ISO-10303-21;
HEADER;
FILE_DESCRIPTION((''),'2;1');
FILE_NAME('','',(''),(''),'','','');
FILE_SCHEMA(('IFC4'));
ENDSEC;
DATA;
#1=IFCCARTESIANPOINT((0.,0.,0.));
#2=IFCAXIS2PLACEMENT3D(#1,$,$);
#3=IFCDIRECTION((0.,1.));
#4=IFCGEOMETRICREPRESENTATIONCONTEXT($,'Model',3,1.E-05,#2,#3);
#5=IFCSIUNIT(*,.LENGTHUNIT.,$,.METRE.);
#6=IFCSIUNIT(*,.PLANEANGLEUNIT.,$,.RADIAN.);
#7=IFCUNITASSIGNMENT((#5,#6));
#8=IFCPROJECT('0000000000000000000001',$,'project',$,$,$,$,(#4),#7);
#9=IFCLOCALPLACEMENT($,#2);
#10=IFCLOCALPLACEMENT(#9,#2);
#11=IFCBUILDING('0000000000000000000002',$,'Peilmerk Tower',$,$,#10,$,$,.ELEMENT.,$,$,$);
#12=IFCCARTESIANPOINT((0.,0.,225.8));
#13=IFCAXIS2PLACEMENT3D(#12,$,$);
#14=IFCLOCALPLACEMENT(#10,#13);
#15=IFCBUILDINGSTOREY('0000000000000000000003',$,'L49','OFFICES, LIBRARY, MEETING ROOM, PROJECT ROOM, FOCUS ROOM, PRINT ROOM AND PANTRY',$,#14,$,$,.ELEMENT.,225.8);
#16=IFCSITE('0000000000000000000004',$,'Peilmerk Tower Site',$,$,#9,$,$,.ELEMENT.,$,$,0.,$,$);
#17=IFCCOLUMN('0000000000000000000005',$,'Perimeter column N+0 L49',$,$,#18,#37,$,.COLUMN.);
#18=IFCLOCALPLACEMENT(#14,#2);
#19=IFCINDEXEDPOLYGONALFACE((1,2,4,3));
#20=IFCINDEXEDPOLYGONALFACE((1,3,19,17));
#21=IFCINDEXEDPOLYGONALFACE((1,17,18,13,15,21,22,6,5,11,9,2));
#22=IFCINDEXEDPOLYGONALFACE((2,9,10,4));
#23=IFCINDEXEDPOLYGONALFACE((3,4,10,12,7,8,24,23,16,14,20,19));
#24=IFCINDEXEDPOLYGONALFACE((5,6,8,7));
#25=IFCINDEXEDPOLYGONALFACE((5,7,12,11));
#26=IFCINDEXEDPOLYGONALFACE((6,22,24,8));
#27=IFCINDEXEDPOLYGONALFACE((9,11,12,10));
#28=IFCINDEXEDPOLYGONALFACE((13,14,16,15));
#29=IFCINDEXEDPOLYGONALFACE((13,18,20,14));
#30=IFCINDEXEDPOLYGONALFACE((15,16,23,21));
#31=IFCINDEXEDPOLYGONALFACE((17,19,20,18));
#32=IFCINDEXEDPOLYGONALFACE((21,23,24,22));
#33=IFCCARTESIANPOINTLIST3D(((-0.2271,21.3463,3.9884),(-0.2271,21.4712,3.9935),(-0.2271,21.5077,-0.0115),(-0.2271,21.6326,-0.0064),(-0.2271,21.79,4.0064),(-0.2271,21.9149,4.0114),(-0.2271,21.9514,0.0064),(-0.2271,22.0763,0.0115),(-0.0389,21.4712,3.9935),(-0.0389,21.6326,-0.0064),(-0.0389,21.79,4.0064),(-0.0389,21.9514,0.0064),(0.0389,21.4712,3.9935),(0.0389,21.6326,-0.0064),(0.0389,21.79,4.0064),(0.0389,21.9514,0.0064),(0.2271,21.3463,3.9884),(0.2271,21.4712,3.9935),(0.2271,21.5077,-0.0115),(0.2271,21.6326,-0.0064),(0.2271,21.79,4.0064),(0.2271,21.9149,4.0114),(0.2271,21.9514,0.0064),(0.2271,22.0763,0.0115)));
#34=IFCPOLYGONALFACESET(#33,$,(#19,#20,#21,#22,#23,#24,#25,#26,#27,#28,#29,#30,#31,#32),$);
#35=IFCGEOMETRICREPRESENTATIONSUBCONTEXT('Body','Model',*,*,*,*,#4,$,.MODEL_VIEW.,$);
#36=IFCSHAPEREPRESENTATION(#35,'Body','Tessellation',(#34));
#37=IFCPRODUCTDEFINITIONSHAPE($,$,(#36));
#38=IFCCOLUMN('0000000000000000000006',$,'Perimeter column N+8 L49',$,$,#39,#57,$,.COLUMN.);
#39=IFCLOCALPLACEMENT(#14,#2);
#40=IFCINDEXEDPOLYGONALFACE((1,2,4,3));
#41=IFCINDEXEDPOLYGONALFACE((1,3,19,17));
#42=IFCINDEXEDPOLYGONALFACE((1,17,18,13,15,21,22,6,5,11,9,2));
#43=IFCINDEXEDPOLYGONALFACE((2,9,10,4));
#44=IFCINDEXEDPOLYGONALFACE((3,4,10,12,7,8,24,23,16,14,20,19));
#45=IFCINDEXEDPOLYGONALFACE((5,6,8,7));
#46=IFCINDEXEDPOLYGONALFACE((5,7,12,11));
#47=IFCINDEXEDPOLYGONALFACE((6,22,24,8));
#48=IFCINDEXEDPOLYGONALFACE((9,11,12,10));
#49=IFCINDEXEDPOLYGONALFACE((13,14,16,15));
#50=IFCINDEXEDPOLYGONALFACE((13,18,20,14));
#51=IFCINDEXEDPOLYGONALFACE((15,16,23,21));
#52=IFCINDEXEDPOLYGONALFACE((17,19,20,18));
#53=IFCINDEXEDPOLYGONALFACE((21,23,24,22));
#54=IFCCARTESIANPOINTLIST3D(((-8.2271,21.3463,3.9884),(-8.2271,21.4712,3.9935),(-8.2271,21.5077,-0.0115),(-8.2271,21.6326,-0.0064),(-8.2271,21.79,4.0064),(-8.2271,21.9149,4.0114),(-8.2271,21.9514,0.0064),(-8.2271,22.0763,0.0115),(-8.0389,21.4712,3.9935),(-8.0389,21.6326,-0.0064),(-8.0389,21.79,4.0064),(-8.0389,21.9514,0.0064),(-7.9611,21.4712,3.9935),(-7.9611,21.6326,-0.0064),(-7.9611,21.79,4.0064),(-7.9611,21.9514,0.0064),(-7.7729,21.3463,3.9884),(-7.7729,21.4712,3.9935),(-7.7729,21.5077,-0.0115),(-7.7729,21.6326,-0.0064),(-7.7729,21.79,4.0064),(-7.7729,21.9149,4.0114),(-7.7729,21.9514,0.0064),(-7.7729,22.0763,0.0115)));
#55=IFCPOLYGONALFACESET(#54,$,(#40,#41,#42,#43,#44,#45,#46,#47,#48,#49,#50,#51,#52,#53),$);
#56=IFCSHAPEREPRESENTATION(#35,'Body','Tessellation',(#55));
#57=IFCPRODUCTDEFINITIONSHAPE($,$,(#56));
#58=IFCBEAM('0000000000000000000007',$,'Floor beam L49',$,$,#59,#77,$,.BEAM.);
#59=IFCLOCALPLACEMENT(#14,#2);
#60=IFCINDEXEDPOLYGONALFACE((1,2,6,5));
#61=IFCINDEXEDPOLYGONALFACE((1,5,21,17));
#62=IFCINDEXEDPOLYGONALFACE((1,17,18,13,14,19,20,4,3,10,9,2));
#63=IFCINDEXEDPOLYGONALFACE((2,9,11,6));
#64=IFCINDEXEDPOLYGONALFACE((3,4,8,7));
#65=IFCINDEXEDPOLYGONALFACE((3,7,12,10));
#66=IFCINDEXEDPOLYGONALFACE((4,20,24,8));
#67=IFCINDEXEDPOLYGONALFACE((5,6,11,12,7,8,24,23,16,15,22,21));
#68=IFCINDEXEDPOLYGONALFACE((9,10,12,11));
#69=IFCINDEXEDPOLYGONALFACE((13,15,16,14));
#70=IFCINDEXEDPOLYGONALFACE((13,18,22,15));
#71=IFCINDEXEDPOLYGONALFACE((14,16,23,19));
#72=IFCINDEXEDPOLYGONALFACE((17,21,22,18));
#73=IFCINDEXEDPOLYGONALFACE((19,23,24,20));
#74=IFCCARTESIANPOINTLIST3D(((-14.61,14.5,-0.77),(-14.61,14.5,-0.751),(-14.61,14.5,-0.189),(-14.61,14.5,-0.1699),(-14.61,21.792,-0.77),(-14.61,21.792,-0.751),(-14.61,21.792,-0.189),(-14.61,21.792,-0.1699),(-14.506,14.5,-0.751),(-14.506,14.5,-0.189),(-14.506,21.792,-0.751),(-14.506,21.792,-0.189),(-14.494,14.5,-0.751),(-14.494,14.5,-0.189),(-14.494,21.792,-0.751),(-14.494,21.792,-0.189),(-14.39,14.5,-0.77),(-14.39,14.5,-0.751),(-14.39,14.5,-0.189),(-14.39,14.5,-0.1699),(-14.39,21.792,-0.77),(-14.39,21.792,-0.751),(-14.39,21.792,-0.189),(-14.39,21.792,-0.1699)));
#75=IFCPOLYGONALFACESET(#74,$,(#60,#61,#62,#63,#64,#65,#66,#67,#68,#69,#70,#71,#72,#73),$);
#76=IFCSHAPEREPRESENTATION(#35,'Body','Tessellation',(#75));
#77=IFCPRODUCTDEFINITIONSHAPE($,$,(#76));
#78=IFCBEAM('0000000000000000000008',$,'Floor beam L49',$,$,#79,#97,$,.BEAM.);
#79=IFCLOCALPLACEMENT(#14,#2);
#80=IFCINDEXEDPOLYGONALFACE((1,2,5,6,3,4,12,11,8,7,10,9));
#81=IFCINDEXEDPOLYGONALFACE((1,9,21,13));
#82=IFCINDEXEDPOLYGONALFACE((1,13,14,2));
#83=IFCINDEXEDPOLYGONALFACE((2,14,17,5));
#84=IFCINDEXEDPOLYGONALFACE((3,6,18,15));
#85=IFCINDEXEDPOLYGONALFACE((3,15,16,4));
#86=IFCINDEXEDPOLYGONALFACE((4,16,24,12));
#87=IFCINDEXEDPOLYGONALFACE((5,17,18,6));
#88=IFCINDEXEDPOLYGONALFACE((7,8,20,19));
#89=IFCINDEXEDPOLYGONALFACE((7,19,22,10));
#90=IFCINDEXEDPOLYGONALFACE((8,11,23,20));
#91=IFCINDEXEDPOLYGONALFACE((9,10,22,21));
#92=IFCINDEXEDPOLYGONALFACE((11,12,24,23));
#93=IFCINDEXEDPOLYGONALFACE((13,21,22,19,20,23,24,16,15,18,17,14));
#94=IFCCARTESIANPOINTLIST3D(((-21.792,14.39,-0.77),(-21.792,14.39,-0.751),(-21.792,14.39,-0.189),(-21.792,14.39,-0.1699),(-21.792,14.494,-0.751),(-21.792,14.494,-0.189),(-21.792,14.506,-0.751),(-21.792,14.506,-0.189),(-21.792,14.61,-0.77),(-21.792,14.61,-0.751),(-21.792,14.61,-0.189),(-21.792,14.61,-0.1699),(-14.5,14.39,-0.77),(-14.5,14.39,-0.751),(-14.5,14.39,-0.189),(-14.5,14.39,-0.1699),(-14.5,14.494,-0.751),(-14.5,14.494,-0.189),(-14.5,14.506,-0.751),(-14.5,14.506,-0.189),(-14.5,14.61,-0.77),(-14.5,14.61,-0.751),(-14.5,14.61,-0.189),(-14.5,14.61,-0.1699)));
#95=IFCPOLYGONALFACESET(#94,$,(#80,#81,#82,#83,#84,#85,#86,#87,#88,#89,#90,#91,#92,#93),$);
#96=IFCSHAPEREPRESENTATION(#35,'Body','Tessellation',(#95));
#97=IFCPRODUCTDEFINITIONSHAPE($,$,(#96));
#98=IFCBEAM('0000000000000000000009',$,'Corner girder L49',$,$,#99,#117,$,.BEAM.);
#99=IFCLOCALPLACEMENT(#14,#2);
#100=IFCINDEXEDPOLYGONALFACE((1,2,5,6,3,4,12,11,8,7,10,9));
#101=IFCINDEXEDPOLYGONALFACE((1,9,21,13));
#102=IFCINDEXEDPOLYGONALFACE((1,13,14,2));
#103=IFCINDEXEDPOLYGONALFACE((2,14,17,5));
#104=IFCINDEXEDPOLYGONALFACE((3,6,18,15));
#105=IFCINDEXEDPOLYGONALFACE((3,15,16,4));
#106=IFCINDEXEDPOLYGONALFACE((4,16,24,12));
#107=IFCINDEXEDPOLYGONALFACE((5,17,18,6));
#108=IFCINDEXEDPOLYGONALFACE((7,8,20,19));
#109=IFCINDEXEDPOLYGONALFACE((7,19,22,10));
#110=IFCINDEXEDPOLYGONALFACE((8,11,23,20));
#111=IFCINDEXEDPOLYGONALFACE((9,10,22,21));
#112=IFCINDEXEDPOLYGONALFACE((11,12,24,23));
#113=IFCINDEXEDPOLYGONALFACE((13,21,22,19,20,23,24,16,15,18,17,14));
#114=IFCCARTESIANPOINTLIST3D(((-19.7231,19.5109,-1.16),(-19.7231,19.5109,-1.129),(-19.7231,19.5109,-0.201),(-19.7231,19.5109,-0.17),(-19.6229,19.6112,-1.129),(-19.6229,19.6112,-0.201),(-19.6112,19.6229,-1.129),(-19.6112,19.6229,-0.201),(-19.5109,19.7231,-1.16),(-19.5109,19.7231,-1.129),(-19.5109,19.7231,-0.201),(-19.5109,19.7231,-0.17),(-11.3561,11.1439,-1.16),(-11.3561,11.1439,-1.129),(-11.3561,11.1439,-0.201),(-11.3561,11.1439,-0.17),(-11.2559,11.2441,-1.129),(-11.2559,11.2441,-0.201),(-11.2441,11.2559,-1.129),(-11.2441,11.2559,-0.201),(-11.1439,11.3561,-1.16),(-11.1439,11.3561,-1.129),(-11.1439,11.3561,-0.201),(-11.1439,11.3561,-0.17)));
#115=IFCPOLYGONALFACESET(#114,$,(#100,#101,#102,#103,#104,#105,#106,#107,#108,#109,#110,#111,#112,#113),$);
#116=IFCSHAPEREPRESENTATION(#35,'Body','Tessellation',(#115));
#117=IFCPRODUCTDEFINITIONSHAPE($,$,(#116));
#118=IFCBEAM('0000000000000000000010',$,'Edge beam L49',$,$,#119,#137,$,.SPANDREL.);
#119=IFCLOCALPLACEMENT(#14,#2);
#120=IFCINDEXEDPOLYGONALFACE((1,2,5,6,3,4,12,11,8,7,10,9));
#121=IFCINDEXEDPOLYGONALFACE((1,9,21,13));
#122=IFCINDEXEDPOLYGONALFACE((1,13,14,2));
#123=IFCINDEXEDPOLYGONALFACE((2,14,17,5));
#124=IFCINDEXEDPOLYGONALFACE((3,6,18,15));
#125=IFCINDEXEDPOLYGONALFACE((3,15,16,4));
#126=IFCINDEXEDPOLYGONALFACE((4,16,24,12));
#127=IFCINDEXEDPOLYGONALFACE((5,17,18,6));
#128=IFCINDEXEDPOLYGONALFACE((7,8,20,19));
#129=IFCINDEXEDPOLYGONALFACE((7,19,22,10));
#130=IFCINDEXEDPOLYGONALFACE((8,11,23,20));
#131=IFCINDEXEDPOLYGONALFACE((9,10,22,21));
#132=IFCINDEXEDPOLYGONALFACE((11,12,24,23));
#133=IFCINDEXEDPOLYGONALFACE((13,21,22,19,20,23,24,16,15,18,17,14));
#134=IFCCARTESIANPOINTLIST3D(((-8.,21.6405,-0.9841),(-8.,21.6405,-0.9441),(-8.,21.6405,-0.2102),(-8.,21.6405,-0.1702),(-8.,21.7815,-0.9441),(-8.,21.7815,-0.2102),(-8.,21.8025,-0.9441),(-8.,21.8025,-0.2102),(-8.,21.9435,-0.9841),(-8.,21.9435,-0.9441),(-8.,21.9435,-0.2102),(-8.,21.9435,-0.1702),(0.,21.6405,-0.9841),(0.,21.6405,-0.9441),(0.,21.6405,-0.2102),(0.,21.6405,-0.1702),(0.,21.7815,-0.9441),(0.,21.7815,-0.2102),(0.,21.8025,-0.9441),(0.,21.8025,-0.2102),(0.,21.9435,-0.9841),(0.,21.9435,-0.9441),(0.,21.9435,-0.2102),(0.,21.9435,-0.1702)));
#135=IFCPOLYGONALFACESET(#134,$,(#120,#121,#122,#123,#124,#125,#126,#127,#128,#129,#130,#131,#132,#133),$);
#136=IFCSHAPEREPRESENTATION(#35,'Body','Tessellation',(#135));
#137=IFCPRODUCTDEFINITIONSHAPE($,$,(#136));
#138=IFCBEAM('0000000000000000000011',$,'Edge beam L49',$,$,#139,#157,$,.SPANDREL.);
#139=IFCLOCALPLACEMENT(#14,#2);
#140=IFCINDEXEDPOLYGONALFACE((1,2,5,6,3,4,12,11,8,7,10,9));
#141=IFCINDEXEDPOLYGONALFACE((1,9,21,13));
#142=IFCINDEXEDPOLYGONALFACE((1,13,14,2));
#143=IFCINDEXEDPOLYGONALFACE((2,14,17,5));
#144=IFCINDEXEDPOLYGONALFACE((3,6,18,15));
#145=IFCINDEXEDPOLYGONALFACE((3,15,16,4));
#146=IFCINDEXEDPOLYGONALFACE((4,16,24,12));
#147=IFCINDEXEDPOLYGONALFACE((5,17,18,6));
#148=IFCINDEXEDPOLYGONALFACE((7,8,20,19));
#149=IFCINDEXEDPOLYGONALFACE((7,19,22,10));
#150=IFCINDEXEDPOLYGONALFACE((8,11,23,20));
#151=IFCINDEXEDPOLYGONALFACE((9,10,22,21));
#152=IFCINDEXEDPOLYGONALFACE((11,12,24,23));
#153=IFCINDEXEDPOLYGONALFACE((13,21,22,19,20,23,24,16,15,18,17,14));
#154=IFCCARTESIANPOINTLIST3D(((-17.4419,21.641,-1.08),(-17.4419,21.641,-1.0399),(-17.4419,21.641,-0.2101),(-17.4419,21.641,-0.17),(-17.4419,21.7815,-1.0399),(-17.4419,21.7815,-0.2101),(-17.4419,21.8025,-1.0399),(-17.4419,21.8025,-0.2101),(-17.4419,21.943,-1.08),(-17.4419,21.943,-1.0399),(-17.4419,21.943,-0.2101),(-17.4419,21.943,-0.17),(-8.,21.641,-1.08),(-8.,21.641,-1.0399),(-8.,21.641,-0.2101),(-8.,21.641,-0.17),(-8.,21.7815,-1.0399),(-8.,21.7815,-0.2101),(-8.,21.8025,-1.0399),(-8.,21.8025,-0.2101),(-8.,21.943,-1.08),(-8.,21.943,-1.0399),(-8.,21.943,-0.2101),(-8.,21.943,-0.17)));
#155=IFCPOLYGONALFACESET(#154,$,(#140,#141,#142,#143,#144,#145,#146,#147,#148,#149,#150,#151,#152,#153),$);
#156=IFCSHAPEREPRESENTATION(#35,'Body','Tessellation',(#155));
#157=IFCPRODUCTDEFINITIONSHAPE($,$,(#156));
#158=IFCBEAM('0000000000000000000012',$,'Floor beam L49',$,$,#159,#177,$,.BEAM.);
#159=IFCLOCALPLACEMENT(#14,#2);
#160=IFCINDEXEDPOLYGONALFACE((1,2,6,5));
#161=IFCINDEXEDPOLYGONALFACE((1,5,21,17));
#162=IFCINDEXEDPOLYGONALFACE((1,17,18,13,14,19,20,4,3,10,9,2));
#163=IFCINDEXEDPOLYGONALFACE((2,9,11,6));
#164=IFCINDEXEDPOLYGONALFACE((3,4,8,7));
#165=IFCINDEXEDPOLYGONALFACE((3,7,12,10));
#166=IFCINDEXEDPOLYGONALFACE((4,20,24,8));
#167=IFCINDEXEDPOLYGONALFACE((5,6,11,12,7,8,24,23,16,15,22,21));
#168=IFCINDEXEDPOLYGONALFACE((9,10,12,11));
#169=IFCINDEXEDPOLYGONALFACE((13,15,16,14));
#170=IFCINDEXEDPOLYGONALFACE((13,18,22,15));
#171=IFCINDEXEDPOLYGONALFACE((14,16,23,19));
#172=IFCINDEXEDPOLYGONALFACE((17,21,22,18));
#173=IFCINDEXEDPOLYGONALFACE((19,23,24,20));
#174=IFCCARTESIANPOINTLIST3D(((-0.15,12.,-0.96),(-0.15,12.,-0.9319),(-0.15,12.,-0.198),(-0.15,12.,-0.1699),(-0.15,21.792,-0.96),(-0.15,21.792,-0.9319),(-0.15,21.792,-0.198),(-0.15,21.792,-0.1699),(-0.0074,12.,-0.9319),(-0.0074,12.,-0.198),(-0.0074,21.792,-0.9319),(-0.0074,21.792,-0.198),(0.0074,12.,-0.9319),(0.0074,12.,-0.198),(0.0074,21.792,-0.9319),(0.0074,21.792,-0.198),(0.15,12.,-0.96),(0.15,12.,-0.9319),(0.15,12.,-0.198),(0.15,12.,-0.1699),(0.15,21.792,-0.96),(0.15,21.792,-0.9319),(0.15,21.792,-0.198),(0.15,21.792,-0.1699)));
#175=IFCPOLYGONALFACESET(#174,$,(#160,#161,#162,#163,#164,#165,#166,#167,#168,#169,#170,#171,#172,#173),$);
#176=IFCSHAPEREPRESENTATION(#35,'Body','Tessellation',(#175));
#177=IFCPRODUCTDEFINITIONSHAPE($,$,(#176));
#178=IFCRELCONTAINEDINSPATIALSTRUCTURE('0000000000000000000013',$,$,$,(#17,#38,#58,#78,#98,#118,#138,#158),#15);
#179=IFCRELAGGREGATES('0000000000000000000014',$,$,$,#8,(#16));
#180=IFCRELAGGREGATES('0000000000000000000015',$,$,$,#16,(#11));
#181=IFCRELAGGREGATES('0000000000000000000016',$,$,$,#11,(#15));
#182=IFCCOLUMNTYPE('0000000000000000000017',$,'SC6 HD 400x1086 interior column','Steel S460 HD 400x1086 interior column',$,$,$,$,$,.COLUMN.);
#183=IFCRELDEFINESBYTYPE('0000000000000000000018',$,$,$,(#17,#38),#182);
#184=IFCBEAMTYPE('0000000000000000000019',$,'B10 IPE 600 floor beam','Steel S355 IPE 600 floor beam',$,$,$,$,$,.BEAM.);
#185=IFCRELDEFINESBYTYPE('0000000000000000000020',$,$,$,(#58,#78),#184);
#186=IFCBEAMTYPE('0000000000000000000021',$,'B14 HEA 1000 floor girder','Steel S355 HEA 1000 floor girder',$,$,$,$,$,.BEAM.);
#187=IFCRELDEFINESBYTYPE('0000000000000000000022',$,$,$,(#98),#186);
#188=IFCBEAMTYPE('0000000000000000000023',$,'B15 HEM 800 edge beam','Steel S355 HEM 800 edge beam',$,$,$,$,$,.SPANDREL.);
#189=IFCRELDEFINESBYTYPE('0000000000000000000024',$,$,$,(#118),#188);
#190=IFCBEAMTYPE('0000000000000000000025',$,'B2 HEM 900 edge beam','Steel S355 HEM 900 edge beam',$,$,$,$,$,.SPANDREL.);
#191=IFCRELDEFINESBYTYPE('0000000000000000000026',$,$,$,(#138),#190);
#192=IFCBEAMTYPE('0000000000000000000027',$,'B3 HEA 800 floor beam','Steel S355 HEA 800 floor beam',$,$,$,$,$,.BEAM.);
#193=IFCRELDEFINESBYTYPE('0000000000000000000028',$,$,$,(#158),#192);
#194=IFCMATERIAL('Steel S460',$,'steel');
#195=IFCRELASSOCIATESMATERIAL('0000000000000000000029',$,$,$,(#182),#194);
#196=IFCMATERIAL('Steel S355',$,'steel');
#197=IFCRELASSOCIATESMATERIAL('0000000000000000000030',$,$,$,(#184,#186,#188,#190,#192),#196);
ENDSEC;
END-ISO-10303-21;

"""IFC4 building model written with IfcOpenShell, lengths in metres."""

from ifc_helpers import new_model, si_unit, direction, frame, origin, origin_2d, place, context, subcontext, project, spatial, i_section, extrude, material, material_profile, profile_set, type_object, element, save


model = new_model("IFC4")

# Units and contexts
model_context = context("Model", 3, precision=1e-05, world=origin(), true_north=direction((0.0, 1.0)))
body_context = subcontext(model_context, "Body", "Model", "MODEL_VIEW")
ifc_project = project(units=[si_unit("LENGTHUNIT", "METRE"), si_unit("PLANEANGLEUNIT", "RADIAN")], contexts=[model_context])

# Site, building, storey
site_placement = place(None, origin())
site = spatial("IfcSite", under=ifc_project, at=site_placement, Name="Peilmerk Tower Site", CompositionType="ELEMENT", RefElevation=0.0)
building_placement = place(site_placement, origin())
building = spatial("IfcBuilding", under=site, at=building_placement, Name="Peilmerk Tower", CompositionType="ELEMENT")
storey_placement = place(building_placement, frame((0.0, 0.0, 225.8)))
storey = spatial("IfcBuildingStorey", under=building, at=storey_placement, Name="L49", Description="OFFICES, LIBRARY, MEETING ROOM, PROJECT ROOM, FOCUS ROOM, PRINT ROOM AND PANTRY", CompositionType="ELEMENT", Elevation=225.8)

# Columns
ifc_material_1 = material(Name="Steel S460", Category="steel")
ifc_material_profile_1 = material_profile(ifc_material_1, i_section(OverallWidth=0.4541, OverallDepth=0.5691, WebThickness=0.0779, FlangeThickness=0.125, at=origin_2d()), Name="HD 400x1086")
ifc_profile_set_1 = profile_set([ifc_material_profile_1], Name="Steel S460")
column_type = type_object("IfcColumnType", Name="SC6 HD 400x1086 interior column", Description="Steel S460 HD 400x1086 interior column", PredefinedType="COLUMN", material=ifc_profile_set_1)
for number, where, z_axis, x_axis, name in (
    (1, (0.0, 21.792, 0.0), (0.0, -0.040311, 0.999187), (1.0, 0.0, 0.0), "Perimeter column N+0 L49"),
    (2, (-8.0, 21.792, 0.0), (0.0, -0.040311, 0.999187), (1.0, 0.0, 0.0), "Perimeter column N+8 L49"),
):
    element("IfcColumn", number, at=place(storey_placement, frame(where, z_axis=z_axis, x_axis=x_axis)), inside=storey, type_object=column_type, Name=name, PredefinedType="COLUMN", context=body_context, shape_type="SweptSolid", body=[
        extrude(i_section(OverallWidth=0.4541, OverallDepth=0.5691, WebThickness=0.0779, FlangeThickness=0.125, at=origin_2d()), origin(), (0.0, 0.0, 1.0), 4.0032),
    ])

# Beams
ifc_material_2 = material(Name="Steel S355", Category="steel")
ifc_material_profile_2 = material_profile(ifc_material_2, i_section(OverallWidth=0.22, OverallDepth=0.6001, WebThickness=0.012, FlangeThickness=0.019, at=origin_2d()), Name="IPE 600")
ifc_profile_set_2 = profile_set([ifc_material_profile_2], Name="Steel S355")
beam_type_1 = type_object("IfcBeamType", Name="B10 IPE 600 floor beam", Description="Steel S355 IPE 600 floor beam", PredefinedType="BEAM", material=ifc_profile_set_2)
for number, where, z_axis, x_axis, name in (
    (3, (-14.5, 14.5, -0.47), (0.0, 1.0, 0.0), (-1.0, 0.0, 0.0), "Floor beam L49"),
    (4, (-14.5, 14.5, -0.47), (-1.0, 0.0, 0.0), (0.0, -1.0, 0.0), "Floor beam L49"),
):
    element("IfcBeam", number, at=place(storey_placement, frame(where, z_axis=z_axis, x_axis=x_axis)), inside=storey, type_object=beam_type_1, Name=name, PredefinedType="BEAM", context=body_context, shape_type="SweptSolid", body=[
        extrude(i_section(OverallWidth=0.22, OverallDepth=0.6001, WebThickness=0.012, FlangeThickness=0.019, at=origin_2d()), origin(), (0.0, 0.0, 1.0), 7.292),
    ])
ifc_material_profile_3 = material_profile(ifc_material_2, i_section(OverallWidth=0.3, OverallDepth=0.99, WebThickness=0.0166, FlangeThickness=0.031, at=origin_2d()), Name="HEA 1000")
ifc_profile_set_3 = profile_set([ifc_material_profile_3], Name="Steel S355")
beam_type_2 = type_object("IfcBeamType", Name="B14 HEA 1000 floor girder", Description="Steel S355 HEA 1000 floor girder", PredefinedType="BEAM", material=ifc_profile_set_3)
beam_1_placement = place(storey_placement, frame((-11.25, 11.25, -0.665), z_axis=(-0.707107, 0.707107, 0.0), x_axis=(-0.707107, -0.707107, 0.0)))
element("IfcBeam", 5, at=beam_1_placement, inside=storey, type_object=beam_type_2, Name="Corner girder L49", PredefinedType="BEAM", context=body_context, shape_type="SweptSolid", body=[
    extrude(i_section(OverallWidth=0.3, OverallDepth=0.99, WebThickness=0.0166, FlangeThickness=0.031, at=origin_2d()), origin(), (0.0, 0.0, 1.0), 11.8328),
])
ifc_material_profile_4 = material_profile(ifc_material_2, i_section(OverallWidth=0.303, OverallDepth=0.814, WebThickness=0.021, FlangeThickness=0.04, at=origin_2d()), Name="HEM 800")
ifc_profile_set_4 = profile_set([ifc_material_profile_4], Name="Steel S355")
beam_type_3 = type_object("IfcBeamType", Name="B15 HEM 800 edge beam", Description="Steel S355 HEM 800 edge beam", PredefinedType="SPANDREL", material=ifc_profile_set_4)
beam_2_placement = place(storey_placement, frame((0.0, 21.792, -0.5771), z_axis=(-1.0, 0.0, 0.0), x_axis=(0.0, -1.0, 0.0)))
element("IfcBeam", 6, at=beam_2_placement, inside=storey, type_object=beam_type_3, Name="Edge beam L49", PredefinedType="SPANDREL", context=body_context, shape_type="SweptSolid", body=[
    extrude(i_section(OverallWidth=0.303, OverallDepth=0.814, WebThickness=0.021, FlangeThickness=0.04, at=origin_2d()), origin(), (0.0, 0.0, 1.0), 8.0),
])
ifc_material_profile_5 = material_profile(ifc_material_2, i_section(OverallWidth=0.302, OverallDepth=0.9099, WebThickness=0.021, FlangeThickness=0.04, at=origin_2d()), Name="HEM 900")
ifc_profile_set_5 = profile_set([ifc_material_profile_5], Name="Steel S355")
beam_type_4 = type_object("IfcBeamType", Name="B2 HEM 900 edge beam", Description="Steel S355 HEM 900 edge beam", PredefinedType="SPANDREL", material=ifc_profile_set_5)
beam_3_placement = place(storey_placement, frame((-8.0, 21.792, -0.625), z_axis=(-1.0, 0.0, 0.0), x_axis=(0.0, -1.0, 0.0)))
element("IfcBeam", 7, at=beam_3_placement, inside=storey, type_object=beam_type_4, Name="Edge beam L49", PredefinedType="SPANDREL", context=body_context, shape_type="SweptSolid", body=[
    extrude(i_section(OverallWidth=0.302, OverallDepth=0.9099, WebThickness=0.021, FlangeThickness=0.04, at=origin_2d()), origin(), (0.0, 0.0, 1.0), 9.4419),
])
ifc_material_profile_6 = material_profile(ifc_material_2, i_section(OverallWidth=0.3, OverallDepth=0.79, WebThickness=0.0149, FlangeThickness=0.0281, at=origin_2d()), Name="HEA 800")
ifc_profile_set_6 = profile_set([ifc_material_profile_6], Name="Steel S355")
beam_type_5 = type_object("IfcBeamType", Name="B3 HEA 800 floor beam", Description="Steel S355 HEA 800 floor beam", PredefinedType="BEAM", material=ifc_profile_set_6)
for number, where, z_axis, x_axis, name in (
    (8, (0.0, 12.0, -0.5649), (0.0, 1.0, 0.0), (-1.0, 0.0, 0.0), "Floor beam L49"),
):
    element("IfcBeam", number, at=place(storey_placement, frame(where, z_axis=z_axis, x_axis=x_axis)), inside=storey, type_object=beam_type_5, Name=name, PredefinedType="BEAM", context=body_context, shape_type="SweptSolid", body=[
        extrude(i_section(OverallWidth=0.3, OverallDepth=0.79, WebThickness=0.0149, FlangeThickness=0.0281, at=origin_2d()), origin(), (0.0, 0.0, 1.0), 9.792),
    ])

save(model, "model.ifc")
